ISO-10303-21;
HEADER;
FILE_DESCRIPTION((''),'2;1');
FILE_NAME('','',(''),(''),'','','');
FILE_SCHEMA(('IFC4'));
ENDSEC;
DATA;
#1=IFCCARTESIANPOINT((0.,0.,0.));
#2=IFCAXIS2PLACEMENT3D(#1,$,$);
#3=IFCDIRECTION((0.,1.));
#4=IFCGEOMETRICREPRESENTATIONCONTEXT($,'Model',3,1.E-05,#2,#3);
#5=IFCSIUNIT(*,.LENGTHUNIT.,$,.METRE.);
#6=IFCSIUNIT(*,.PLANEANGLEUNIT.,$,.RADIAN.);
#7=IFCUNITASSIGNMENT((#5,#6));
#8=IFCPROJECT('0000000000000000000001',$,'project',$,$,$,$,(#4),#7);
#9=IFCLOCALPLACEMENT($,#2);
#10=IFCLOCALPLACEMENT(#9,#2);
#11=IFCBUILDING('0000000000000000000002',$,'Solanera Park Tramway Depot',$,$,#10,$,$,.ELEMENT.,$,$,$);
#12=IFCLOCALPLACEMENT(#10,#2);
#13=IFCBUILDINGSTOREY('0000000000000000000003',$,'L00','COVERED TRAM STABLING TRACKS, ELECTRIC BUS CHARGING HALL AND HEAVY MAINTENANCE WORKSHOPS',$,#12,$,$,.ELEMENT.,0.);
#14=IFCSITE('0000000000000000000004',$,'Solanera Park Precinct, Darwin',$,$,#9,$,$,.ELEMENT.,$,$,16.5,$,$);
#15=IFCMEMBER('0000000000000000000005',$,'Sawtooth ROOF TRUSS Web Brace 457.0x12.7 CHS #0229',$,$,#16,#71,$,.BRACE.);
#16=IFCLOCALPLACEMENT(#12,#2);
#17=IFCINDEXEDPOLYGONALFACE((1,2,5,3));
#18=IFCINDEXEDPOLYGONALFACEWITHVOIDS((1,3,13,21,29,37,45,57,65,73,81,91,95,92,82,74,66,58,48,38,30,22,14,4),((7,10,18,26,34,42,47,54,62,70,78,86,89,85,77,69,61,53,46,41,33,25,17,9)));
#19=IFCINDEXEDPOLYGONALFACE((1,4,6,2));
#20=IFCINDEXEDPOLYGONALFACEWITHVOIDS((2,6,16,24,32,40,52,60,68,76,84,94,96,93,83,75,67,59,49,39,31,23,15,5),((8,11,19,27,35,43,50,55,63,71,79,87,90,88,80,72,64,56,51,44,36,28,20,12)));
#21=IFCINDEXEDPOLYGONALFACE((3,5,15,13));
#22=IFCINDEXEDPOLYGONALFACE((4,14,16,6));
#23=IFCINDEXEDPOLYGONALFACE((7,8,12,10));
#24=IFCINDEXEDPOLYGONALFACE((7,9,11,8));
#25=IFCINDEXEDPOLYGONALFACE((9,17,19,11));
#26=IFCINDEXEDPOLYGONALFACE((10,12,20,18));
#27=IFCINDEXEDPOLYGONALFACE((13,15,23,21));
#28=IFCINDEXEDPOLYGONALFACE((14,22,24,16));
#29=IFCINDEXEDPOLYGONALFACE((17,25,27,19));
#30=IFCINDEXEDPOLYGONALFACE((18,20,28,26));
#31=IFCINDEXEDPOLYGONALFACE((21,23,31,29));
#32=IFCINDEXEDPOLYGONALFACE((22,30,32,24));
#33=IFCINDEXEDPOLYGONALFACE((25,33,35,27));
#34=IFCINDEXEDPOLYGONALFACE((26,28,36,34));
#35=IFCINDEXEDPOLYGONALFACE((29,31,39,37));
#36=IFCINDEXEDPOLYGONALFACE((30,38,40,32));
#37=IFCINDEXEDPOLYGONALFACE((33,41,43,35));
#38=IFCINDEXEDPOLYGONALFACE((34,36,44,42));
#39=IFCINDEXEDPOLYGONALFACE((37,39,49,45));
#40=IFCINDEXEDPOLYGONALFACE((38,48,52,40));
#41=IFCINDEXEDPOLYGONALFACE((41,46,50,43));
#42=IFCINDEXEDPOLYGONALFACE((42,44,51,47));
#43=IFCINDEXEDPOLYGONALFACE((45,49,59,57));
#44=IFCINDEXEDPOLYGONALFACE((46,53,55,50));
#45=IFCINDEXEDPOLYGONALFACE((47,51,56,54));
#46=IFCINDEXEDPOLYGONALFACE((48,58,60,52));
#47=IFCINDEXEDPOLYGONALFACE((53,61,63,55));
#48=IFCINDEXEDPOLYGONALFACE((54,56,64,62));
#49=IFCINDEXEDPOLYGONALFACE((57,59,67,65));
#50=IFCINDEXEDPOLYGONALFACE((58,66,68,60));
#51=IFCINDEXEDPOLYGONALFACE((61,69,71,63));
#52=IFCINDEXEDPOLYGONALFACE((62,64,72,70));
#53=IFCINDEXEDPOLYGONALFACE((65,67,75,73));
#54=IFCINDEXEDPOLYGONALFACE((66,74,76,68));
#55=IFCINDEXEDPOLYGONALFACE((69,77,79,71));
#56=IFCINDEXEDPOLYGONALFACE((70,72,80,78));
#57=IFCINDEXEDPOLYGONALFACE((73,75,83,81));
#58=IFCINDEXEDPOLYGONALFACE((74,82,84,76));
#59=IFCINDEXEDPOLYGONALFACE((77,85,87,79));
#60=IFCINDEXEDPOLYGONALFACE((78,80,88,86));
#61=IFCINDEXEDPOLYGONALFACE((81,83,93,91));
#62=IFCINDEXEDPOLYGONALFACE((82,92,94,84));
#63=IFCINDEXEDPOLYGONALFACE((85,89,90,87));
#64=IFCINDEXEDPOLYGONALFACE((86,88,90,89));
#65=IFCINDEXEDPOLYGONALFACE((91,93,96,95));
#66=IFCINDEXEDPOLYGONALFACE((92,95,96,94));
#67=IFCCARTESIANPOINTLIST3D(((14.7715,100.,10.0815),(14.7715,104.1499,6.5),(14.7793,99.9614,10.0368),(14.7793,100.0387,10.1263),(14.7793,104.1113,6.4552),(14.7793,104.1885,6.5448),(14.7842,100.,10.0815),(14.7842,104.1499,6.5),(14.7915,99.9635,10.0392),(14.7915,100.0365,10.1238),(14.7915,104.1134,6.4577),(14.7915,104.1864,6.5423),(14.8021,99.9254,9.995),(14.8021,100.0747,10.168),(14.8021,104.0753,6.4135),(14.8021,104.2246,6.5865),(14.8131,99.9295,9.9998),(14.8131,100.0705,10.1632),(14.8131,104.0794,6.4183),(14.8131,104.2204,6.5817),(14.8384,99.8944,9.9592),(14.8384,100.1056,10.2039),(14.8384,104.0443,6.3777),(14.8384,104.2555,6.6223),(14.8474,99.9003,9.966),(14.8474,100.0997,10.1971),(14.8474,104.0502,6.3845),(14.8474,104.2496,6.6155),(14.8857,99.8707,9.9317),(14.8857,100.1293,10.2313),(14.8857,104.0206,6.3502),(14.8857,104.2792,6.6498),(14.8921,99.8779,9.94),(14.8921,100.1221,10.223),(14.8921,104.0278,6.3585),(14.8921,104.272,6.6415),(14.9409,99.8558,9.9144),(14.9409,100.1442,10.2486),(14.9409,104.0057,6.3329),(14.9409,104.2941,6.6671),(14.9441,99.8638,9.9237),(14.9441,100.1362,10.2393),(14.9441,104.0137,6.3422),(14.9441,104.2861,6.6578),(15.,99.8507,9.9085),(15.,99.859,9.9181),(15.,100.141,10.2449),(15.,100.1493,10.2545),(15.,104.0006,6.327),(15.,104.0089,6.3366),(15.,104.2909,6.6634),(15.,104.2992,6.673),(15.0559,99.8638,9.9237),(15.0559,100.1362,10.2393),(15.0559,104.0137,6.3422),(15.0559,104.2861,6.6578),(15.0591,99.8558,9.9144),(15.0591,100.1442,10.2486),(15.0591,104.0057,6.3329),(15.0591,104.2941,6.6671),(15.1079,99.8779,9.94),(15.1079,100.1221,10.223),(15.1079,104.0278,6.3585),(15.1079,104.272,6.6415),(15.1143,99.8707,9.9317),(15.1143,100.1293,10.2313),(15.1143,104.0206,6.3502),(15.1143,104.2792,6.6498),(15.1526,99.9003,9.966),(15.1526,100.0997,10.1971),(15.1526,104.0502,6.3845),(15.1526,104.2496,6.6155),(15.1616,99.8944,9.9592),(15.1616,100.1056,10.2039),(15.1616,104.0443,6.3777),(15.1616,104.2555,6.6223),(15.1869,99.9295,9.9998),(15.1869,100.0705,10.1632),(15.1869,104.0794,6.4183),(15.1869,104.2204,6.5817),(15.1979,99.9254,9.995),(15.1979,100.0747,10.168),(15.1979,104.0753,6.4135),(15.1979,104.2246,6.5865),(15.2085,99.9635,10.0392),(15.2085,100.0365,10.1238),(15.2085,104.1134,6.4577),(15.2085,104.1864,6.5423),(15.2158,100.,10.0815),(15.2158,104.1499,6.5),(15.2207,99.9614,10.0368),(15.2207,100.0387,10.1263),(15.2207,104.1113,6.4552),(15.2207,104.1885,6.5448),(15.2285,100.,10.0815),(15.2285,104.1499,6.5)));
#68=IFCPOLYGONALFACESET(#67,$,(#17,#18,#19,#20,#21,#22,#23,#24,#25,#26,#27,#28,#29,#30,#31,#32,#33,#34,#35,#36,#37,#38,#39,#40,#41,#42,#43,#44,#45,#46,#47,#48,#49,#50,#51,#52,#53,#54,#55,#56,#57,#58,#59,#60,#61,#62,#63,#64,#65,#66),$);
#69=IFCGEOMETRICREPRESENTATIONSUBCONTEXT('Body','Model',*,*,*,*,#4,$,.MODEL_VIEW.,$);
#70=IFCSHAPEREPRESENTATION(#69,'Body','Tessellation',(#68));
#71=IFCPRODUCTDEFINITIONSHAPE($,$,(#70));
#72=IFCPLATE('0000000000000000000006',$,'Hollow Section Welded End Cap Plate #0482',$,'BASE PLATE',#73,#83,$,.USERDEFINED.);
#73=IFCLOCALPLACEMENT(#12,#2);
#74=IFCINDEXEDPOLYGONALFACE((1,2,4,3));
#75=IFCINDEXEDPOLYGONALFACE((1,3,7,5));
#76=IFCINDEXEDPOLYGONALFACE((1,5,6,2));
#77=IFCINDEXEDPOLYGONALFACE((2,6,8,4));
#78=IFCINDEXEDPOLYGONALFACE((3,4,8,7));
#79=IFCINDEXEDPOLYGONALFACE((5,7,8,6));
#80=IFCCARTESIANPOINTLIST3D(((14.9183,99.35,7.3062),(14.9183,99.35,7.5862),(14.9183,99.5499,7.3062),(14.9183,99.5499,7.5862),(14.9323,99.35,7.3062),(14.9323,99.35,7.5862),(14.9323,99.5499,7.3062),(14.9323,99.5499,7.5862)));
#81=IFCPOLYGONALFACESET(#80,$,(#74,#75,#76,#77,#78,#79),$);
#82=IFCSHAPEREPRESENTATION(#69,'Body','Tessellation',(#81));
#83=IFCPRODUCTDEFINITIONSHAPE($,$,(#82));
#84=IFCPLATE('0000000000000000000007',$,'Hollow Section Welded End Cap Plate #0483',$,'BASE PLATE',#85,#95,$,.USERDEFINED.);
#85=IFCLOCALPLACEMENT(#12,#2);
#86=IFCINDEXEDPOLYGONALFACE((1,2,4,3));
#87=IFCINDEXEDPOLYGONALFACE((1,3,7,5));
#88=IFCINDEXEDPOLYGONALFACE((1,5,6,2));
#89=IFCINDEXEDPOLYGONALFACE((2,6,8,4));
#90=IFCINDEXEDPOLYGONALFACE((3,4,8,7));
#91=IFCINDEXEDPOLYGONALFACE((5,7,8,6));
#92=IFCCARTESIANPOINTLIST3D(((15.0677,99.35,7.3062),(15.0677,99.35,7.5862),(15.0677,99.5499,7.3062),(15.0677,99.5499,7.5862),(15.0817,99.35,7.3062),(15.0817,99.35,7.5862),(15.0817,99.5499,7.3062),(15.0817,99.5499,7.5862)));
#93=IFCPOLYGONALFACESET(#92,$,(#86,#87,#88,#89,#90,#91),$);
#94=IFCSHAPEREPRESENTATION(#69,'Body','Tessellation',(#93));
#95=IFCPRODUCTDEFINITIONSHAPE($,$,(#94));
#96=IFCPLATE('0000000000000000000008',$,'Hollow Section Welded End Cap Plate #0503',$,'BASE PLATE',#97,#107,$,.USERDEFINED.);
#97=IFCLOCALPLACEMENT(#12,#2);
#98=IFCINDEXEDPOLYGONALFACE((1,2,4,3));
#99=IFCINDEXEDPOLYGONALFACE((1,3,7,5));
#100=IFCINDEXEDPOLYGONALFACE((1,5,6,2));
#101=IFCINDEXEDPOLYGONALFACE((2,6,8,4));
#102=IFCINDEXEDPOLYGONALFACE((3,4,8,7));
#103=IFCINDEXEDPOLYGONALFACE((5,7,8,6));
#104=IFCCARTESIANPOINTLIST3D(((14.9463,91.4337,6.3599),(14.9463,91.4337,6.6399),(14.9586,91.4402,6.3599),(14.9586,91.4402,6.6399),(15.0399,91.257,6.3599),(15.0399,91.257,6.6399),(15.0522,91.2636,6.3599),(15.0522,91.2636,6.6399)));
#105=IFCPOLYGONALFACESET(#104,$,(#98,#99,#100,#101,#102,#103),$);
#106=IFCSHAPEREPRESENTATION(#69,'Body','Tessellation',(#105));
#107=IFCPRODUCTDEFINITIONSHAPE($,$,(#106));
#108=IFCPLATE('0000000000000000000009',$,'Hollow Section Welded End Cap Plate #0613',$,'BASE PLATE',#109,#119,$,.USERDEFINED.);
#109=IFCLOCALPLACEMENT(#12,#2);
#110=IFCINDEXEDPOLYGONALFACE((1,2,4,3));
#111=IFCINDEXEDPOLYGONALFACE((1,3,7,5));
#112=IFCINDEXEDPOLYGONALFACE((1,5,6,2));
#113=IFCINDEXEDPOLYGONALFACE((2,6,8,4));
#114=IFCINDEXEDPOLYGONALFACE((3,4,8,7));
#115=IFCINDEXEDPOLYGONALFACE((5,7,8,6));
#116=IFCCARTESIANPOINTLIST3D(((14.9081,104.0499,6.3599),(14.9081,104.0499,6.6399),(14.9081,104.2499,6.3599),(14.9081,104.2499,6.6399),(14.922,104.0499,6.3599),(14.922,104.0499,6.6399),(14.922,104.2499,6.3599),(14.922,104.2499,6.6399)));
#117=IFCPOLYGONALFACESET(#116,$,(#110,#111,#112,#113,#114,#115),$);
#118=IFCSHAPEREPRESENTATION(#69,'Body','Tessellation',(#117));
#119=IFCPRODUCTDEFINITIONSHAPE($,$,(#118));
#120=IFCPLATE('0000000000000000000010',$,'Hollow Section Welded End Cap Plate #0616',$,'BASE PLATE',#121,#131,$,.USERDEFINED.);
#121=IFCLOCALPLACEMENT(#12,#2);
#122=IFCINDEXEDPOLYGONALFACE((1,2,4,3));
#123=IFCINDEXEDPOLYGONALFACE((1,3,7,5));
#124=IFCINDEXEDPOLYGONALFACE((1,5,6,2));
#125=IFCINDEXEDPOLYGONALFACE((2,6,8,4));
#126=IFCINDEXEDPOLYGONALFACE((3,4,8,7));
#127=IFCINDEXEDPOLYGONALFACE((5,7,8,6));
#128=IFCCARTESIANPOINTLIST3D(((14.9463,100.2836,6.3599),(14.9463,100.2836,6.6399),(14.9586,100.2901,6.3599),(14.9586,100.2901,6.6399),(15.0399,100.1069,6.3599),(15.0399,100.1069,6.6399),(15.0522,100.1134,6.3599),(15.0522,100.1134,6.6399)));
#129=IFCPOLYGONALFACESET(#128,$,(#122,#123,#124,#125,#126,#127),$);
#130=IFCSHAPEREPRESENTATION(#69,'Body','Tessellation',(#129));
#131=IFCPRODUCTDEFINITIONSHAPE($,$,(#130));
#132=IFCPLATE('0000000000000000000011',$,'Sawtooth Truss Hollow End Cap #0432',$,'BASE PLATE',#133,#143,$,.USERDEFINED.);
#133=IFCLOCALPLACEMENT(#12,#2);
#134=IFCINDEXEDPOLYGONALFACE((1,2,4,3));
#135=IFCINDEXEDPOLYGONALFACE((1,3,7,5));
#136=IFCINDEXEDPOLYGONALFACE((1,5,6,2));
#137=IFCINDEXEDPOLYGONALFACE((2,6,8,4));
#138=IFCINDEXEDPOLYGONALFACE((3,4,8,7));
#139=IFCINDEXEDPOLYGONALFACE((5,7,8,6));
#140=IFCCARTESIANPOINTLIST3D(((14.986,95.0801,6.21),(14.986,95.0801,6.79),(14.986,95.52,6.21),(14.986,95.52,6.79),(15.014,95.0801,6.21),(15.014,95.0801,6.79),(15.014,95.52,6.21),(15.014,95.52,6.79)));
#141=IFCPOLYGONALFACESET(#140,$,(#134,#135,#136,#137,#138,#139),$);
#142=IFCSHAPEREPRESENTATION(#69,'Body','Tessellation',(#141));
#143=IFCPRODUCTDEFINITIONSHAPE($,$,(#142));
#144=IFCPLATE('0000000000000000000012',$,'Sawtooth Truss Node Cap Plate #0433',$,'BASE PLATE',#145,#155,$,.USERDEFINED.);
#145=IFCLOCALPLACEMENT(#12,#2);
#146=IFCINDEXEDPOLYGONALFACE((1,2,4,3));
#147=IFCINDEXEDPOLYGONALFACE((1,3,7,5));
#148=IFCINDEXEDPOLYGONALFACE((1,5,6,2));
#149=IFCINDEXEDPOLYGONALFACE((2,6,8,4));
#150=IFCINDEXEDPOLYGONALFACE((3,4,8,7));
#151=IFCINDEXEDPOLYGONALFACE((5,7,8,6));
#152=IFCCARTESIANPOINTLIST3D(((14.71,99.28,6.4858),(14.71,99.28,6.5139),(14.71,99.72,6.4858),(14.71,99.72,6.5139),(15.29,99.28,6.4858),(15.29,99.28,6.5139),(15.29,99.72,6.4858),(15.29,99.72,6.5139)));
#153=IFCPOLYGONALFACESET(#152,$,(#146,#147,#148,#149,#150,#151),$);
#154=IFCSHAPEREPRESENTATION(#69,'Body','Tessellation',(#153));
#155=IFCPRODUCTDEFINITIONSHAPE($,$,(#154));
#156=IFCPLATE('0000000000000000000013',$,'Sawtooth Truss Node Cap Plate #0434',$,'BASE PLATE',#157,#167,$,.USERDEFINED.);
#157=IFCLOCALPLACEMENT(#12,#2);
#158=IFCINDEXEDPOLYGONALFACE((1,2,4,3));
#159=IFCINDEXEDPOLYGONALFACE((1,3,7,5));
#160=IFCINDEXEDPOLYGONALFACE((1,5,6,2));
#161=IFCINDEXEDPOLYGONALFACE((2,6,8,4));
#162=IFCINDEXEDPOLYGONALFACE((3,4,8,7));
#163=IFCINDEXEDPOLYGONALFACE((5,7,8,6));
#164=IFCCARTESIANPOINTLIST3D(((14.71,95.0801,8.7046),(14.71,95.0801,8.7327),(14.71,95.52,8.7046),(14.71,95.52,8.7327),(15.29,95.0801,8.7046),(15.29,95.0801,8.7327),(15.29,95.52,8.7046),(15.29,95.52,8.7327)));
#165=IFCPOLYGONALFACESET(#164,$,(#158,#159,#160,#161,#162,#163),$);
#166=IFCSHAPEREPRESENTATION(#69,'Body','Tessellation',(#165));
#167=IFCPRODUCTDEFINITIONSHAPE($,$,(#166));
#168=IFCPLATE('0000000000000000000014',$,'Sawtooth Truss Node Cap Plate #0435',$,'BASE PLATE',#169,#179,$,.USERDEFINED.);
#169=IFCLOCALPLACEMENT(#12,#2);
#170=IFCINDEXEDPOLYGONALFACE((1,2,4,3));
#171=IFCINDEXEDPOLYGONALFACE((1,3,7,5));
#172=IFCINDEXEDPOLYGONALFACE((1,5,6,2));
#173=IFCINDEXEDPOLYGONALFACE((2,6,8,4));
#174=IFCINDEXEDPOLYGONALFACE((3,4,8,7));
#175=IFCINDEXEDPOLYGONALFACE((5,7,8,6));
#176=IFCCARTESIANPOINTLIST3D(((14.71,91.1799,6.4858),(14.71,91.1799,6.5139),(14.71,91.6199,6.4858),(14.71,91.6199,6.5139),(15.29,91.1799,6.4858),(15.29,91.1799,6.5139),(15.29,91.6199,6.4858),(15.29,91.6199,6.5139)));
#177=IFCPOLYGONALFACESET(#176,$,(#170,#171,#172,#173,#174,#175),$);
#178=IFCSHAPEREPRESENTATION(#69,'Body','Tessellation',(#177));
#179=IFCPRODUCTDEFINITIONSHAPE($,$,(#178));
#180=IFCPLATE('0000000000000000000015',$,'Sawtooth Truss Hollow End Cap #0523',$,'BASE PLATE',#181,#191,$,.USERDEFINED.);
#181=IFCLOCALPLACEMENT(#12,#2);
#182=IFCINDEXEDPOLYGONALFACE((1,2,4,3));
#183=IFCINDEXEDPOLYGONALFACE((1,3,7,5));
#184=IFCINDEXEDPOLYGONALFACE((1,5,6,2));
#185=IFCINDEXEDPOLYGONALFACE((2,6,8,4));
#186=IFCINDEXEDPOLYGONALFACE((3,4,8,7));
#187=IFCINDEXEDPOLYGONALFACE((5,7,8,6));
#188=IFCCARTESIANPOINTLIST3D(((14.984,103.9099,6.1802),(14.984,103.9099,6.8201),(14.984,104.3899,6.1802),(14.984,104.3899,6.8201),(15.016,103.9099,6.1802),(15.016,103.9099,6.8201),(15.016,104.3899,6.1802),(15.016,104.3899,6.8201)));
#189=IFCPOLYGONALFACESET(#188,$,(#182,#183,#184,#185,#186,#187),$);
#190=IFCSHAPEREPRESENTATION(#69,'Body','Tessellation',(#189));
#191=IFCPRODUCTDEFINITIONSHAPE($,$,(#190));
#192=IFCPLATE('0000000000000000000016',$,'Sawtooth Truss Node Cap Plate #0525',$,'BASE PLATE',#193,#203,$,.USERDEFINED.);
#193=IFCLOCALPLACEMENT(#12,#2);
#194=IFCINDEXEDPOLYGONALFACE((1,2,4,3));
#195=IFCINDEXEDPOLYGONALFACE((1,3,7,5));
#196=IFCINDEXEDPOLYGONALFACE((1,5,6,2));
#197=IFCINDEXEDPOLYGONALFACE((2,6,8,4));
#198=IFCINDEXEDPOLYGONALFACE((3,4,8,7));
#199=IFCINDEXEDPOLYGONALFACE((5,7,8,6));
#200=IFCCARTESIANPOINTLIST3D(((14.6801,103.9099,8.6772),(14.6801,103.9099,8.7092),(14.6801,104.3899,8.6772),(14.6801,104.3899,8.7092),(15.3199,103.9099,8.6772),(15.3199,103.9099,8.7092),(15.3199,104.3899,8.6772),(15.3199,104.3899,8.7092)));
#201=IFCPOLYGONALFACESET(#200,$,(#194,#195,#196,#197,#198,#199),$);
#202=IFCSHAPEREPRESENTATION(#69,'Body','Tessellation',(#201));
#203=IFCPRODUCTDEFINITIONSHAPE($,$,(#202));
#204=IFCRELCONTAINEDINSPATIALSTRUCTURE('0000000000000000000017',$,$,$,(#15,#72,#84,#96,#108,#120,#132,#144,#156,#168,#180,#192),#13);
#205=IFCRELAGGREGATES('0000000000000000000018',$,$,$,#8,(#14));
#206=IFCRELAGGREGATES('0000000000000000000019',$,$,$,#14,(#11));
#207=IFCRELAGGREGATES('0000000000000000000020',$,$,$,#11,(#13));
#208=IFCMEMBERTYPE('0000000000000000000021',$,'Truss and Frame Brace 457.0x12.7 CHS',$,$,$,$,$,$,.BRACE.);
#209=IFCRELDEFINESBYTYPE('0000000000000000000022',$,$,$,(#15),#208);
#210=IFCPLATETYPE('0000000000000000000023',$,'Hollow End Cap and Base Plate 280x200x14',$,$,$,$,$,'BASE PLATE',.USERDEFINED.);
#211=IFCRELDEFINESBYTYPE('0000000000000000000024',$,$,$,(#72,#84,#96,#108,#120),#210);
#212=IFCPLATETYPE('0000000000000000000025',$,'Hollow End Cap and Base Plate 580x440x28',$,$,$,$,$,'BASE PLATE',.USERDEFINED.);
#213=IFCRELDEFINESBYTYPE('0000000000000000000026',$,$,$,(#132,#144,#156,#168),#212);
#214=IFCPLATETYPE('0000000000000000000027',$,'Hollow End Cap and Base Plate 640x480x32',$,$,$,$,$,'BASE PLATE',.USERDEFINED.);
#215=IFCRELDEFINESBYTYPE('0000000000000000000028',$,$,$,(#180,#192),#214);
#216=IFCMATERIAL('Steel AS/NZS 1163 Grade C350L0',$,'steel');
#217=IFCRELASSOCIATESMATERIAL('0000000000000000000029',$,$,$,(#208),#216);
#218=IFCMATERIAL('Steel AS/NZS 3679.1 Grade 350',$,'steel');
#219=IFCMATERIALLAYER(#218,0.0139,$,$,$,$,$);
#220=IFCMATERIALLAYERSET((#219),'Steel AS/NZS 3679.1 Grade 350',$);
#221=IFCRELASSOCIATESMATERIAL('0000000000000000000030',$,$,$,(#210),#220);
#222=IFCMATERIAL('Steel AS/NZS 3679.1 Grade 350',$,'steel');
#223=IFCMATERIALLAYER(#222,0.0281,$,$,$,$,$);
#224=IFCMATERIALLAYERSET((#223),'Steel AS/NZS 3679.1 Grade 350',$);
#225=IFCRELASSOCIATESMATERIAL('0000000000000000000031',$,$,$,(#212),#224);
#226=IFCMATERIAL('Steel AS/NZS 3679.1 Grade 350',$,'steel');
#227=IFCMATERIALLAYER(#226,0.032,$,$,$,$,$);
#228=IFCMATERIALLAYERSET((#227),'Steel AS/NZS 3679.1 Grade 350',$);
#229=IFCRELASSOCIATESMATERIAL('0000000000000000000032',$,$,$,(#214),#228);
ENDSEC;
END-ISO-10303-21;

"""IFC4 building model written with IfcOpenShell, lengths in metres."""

from ifc_helpers import new_model, si_unit, direction, frame, origin, origin_2d, place, context, subcontext, project, spatial, rectangle, hollow_circle, extrude, material, layer, layer_set, material_profile, profile_set, type_object, element, save


model = new_model("IFC4")

# Units and contexts
model_context = context("Model", 3, precision=1e-05, world=origin(), true_north=direction((0.0, 1.0)))
body_context = subcontext(model_context, "Body", "Model", "MODEL_VIEW")
ifc_project = project(units=[si_unit("LENGTHUNIT", "METRE"), si_unit("PLANEANGLEUNIT", "RADIAN")], contexts=[model_context])

# Site, building, storey
site_placement = place(None, origin())
site = spatial("IfcSite", under=ifc_project, at=site_placement, Name="Solanera Park Precinct, Darwin", CompositionType="ELEMENT", RefElevation=16.5)
building_placement = place(site_placement, origin())
building = spatial("IfcBuilding", under=site, at=building_placement, Name="Solanera Park Tramway Depot", CompositionType="ELEMENT")
storey_placement = place(building_placement, origin())
storey = spatial("IfcBuildingStorey", under=building, at=storey_placement, Name="L00", Description="COVERED TRAM STABLING TRACKS, ELECTRIC BUS CHARGING HALL AND HEAVY MAINTENANCE WORKSHOPS", CompositionType="ELEMENT", Elevation=0.0)

# Member
ifc_material_1 = material(Name="Steel AS/NZS 1163 Grade C350L0", Category="steel")
ifc_material_profile_1 = material_profile(ifc_material_1, hollow_circle(Radius=0.2285, WallThickness=0.0127, at=origin_2d()), Name="457.0x12.7 CHS")
ifc_profile_set_1 = profile_set([ifc_material_profile_1], Name="Steel AS/NZS 1163 Grade C350L0")
member_type_1 = type_object("IfcMemberType", Name="Truss and Frame Brace 457.0x12.7 CHS", PredefinedType="BRACE", material=ifc_profile_set_1)
member_1_placement = place(storey_placement, frame((15.0, 104.1499, 6.5), z_axis=(0.0, -0.757045, 0.653362), x_axis=(1.0, 0.0, 0.0)))
element("IfcMember", 1, at=member_1_placement, inside=storey, type_object=member_type_1, Name="Sawtooth ROOF TRUSS Web Brace 457.0x12.7 CHS #0229", PredefinedType="BRACE", context=body_context, shape_type="SweptSolid", body=[
    extrude(hollow_circle(Radius=0.2285, WallThickness=0.0127, at=origin_2d()), origin(), (0.0, 0.0, 1.0), 5.4817),
])

# Plates
ifc_material_2 = material(Name="Steel AS/NZS 3679.1 Grade 350", Category="steel")
ifc_layer_1 = layer(ifc_material_2, 0.0139)
ifc_layer_set_1 = layer_set([ifc_layer_1], Name="Steel AS/NZS 3679.1 Grade 350")
plate_type_1 = type_object("IfcPlateType", Name="Hollow End Cap and Base Plate 280x200x14", ElementType="BASE PLATE", PredefinedType="USERDEFINED", material=ifc_layer_set_1)
for number, where, z_axis, x_axis, name in (
    (2, (14.9253, 99.45, 7.3062), (0.0, 0.0, 1.0), (1.0, 0.0, 0.0), "Hollow Section Welded End Cap Plate #0482"),
    (3, (15.0747, 99.45, 7.3062), (0.0, 0.0, 1.0), (1.0, 0.0, 0.0), "Hollow Section Welded End Cap Plate #0483"),
    (4, (14.9993, 91.3486, 6.3599), (0.0, 0.0, 1.0), (0.883521, 0.468392, 0.0), "Hollow Section Welded End Cap Plate #0503"),
    (5, (14.915, 104.1499, 6.3599), (0.0, 0.0, 1.0), (1.0, 0.0, 0.0), "Hollow Section Welded End Cap Plate #0613"),
    (6, (14.9993, 100.1985, 6.3599), (0.0, 0.0, 1.0), (0.883521, 0.468392, 0.0), "Hollow Section Welded End Cap Plate #0616"),
):
    element("IfcPlate", number, at=place(storey_placement, frame(where, z_axis=z_axis, x_axis=x_axis)), inside=storey, type_object=plate_type_1, Name=name, ObjectType="BASE PLATE", PredefinedType="USERDEFINED", context=body_context, shape_type="SweptSolid", body=[
        extrude(rectangle(XDim=0.0139, YDim=0.2, at=origin_2d()), origin(), (0.0, 0.0, 1.0), 0.28),
    ])
ifc_material_3 = material(Name="Steel AS/NZS 3679.1 Grade 350", Category="steel")
ifc_layer_2 = layer(ifc_material_3, 0.0281)
ifc_layer_set_2 = layer_set([ifc_layer_2], Name="Steel AS/NZS 3679.1 Grade 350")
plate_type_2 = type_object("IfcPlateType", Name="Hollow End Cap and Base Plate 580x440x28", ElementType="BASE PLATE", PredefinedType="USERDEFINED", material=ifc_layer_set_2)
plate_1_placement = place(storey_placement, frame((15.0, 95.3, 6.21), z_axis=(0.0, 0.0, 1.0), x_axis=(1.0, 0.0, 0.0)))
element("IfcPlate", 7, at=plate_1_placement, inside=storey, type_object=plate_type_2, Name="Sawtooth Truss Hollow End Cap #0432", ObjectType="BASE PLATE", PredefinedType="USERDEFINED", context=body_context, shape_type="SweptSolid", body=[
    extrude(rectangle(XDim=0.0281, YDim=0.4399, at=origin_2d()), origin(), (0.0, 0.0, 1.0), 0.5801),
])
for number, where, z_axis, x_axis, name in (
    (8, (15.0, 99.5, 6.4858), (0.0, 0.0, 1.0), (1.0, 0.0, 0.0), "Sawtooth Truss Node Cap Plate #0433"),
    (9, (15.0, 95.3, 8.7046), (0.0, 0.0, 1.0), (1.0, 0.0, 0.0), "Sawtooth Truss Node Cap Plate #0434"),
    (10, (15.0, 91.3999, 6.4858), (0.0, 0.0, 1.0), (1.0, 0.0, 0.0), "Sawtooth Truss Node Cap Plate #0435"),
):
    element("IfcPlate", number, at=place(storey_placement, frame(where, z_axis=z_axis, x_axis=x_axis)), inside=storey, type_object=plate_type_2, Name=name, ObjectType="BASE PLATE", PredefinedType="USERDEFINED", context=body_context, shape_type="SweptSolid", body=[
        extrude(rectangle(XDim=0.5801, YDim=0.4399, at=origin_2d()), origin(), (0.0, 0.0, 1.0), 0.0281),
    ])
ifc_material_4 = material(Name="Steel AS/NZS 3679.1 Grade 350", Category="steel")
ifc_layer_3 = layer(ifc_material_4, 0.032)
ifc_layer_set_3 = layer_set([ifc_layer_3], Name="Steel AS/NZS 3679.1 Grade 350")
plate_type_3 = type_object("IfcPlateType", Name="Hollow End Cap and Base Plate 640x480x32", ElementType="BASE PLATE", PredefinedType="USERDEFINED", material=ifc_layer_set_3)
plate_2_placement = place(storey_placement, frame((15.0, 104.1499, 6.1802), z_axis=(0.0, 0.0, 1.0), x_axis=(1.0, 0.0, 0.0)))
element("IfcPlate", 11, at=plate_2_placement, inside=storey, type_object=plate_type_3, Name="Sawtooth Truss Hollow End Cap #0523", ObjectType="BASE PLATE", PredefinedType="USERDEFINED", context=body_context, shape_type="SweptSolid", body=[
    extrude(rectangle(XDim=0.032, YDim=0.48, at=origin_2d()), origin(), (0.0, 0.0, 1.0), 0.6399),
])
for number, where, z_axis, x_axis, name in (
    (12, (15.0, 104.1499, 8.6772), (0.0, 0.0, 1.0), (1.0, 0.0, 0.0), "Sawtooth Truss Node Cap Plate #0525"),
):
    element("IfcPlate", number, at=place(storey_placement, frame(where, z_axis=z_axis, x_axis=x_axis)), inside=storey, type_object=plate_type_3, Name=name, ObjectType="BASE PLATE", PredefinedType="USERDEFINED", context=body_context, shape_type="SweptSolid", body=[
        extrude(rectangle(XDim=0.6399, YDim=0.48, at=origin_2d()), origin(), (0.0, 0.0, 1.0), 0.032),
    ])

save(model, "model.ifc")
